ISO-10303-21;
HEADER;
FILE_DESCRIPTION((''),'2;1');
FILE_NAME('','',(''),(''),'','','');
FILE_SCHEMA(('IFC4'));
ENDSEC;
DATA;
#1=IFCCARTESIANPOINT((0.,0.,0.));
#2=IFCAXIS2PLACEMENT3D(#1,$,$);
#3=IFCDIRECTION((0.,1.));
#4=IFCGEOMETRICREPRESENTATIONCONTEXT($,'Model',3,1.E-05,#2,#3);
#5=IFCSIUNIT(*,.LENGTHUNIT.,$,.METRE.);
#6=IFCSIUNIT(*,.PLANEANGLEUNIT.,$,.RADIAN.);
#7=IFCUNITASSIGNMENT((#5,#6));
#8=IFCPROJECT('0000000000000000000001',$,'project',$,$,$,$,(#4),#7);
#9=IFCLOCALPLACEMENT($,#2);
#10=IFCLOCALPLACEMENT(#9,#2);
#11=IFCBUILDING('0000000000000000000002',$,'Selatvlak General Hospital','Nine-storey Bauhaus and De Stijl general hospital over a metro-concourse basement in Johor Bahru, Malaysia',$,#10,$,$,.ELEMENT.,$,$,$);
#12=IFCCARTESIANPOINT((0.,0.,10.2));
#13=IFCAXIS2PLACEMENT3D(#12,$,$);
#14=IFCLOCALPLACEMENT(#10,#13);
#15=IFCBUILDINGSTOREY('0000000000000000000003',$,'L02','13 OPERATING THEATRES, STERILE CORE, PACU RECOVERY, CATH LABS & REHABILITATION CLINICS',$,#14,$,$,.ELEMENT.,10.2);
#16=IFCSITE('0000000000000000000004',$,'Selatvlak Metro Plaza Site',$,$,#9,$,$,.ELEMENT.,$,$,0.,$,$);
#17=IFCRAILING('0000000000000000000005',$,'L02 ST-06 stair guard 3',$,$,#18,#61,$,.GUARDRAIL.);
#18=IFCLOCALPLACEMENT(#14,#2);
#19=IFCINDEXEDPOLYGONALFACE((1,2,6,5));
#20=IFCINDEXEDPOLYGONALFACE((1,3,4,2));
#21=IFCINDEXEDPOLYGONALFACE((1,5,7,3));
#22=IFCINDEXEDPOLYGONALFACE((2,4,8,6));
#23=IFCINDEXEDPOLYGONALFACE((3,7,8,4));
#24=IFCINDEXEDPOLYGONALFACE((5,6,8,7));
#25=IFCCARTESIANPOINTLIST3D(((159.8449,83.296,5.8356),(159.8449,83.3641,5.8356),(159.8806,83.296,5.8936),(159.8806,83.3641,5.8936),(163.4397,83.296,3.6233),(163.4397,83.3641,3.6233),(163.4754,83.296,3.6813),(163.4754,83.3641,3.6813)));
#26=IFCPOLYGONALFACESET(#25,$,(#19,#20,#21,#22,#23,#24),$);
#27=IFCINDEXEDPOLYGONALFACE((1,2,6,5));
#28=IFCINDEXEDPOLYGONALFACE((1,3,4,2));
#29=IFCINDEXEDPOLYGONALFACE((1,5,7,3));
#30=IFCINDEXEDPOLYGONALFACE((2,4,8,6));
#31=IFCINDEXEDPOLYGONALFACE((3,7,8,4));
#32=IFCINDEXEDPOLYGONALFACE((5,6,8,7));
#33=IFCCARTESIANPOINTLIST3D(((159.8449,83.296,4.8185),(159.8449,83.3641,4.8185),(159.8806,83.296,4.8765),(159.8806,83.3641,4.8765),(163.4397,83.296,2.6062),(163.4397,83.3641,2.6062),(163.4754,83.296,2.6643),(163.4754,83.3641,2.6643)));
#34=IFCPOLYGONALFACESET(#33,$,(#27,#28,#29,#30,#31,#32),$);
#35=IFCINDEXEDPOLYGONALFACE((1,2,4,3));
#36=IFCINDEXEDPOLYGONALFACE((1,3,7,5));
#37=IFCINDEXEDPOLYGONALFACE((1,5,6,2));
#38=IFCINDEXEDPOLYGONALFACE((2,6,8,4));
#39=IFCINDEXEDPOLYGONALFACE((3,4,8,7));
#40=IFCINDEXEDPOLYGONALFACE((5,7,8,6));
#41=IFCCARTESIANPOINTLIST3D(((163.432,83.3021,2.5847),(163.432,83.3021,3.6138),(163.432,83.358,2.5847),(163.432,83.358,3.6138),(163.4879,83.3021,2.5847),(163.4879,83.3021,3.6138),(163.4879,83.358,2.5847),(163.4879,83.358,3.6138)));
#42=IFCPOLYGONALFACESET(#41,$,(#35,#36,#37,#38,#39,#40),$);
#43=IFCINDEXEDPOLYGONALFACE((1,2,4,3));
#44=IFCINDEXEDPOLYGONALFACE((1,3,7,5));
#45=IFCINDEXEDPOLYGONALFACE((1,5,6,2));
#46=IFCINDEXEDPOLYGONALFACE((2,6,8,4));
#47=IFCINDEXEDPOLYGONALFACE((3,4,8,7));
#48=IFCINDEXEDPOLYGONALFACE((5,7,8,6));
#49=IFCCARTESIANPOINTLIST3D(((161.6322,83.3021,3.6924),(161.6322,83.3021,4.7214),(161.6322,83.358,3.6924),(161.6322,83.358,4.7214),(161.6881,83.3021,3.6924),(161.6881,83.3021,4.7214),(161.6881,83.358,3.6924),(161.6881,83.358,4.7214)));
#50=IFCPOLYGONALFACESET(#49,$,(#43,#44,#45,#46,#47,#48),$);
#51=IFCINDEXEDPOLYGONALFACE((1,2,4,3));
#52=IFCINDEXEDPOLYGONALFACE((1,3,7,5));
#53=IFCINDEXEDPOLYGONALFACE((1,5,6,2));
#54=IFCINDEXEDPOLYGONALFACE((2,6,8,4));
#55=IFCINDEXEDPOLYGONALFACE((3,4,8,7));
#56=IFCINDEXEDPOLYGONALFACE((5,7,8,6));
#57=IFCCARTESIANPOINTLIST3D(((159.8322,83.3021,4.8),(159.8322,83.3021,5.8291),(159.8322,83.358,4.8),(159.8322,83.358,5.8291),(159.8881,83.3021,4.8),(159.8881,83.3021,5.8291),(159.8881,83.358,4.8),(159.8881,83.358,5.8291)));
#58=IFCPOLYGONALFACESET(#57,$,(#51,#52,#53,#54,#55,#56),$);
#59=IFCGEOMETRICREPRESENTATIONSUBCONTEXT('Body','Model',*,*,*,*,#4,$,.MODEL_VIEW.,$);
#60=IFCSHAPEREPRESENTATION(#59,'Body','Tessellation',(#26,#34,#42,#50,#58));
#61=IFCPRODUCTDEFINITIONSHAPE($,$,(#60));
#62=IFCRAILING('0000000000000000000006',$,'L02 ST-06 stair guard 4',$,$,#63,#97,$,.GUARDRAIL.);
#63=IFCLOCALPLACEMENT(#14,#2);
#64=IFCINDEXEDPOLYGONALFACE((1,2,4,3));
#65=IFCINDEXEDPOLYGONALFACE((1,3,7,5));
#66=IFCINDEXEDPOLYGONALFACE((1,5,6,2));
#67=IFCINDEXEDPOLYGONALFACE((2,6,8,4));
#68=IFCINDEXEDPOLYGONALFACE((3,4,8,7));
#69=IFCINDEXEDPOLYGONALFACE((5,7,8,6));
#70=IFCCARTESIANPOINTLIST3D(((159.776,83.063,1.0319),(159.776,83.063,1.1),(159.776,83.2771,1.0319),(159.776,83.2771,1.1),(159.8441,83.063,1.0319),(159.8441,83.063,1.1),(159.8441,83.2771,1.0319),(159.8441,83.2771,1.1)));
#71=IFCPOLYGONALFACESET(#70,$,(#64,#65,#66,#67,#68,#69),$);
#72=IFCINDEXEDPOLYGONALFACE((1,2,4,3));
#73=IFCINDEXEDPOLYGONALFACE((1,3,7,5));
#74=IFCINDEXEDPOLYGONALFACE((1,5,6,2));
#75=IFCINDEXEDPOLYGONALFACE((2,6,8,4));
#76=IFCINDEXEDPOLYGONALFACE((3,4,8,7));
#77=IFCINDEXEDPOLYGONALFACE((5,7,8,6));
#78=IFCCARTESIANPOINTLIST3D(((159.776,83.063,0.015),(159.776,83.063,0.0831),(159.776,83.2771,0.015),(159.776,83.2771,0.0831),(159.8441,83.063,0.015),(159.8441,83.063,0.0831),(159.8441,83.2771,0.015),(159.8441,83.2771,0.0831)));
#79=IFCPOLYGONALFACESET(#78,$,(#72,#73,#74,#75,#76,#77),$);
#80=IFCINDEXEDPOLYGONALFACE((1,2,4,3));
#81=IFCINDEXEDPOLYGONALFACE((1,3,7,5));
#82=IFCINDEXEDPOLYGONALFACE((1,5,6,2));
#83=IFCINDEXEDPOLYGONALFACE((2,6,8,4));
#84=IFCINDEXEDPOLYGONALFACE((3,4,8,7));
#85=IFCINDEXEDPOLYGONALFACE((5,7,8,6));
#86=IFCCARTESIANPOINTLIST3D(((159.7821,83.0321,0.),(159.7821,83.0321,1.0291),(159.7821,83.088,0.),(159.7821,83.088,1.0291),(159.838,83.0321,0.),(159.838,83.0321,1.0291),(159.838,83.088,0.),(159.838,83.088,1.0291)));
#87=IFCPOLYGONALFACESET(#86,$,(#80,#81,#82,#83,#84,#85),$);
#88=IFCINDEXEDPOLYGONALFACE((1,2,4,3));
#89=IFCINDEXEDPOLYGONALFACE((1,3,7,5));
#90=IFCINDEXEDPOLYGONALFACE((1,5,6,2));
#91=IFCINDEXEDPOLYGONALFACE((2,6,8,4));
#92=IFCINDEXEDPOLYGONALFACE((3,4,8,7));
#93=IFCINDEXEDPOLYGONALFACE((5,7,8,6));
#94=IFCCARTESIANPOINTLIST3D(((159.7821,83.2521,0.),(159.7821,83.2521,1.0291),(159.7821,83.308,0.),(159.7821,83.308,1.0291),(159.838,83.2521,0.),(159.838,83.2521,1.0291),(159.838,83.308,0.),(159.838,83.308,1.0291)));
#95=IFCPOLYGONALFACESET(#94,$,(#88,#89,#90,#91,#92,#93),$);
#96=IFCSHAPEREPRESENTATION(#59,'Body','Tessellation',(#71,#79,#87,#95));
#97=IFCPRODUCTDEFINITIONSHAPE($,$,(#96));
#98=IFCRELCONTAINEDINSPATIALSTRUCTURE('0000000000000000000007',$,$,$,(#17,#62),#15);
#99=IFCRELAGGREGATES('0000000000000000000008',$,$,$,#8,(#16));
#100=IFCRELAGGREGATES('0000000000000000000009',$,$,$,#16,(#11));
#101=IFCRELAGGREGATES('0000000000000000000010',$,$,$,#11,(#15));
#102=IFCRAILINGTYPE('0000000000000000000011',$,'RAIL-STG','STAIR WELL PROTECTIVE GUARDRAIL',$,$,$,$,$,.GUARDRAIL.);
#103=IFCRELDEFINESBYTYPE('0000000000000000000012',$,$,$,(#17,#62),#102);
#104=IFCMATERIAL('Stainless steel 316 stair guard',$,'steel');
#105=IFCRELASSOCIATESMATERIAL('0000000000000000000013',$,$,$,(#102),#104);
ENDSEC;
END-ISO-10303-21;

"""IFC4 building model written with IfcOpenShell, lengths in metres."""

from ifc_helpers import new_model, si_unit, direction, frame, origin, origin_2d, place, context, subcontext, project, spatial, rectangle, extrude, material, type_object, element, save


model = new_model("IFC4")

# Units and contexts
model_context = context("Model", 3, precision=1e-05, world=origin(), true_north=direction((0.0, 1.0)))
body_context = subcontext(model_context, "Body", "Model", "MODEL_VIEW")
ifc_project = project(units=[si_unit("LENGTHUNIT", "METRE"), si_unit("PLANEANGLEUNIT", "RADIAN")], contexts=[model_context])

# Site, building, storey
site_placement = place(None, origin())
site = spatial("IfcSite", under=ifc_project, at=site_placement, Name="Selatvlak Metro Plaza Site", CompositionType="ELEMENT", RefElevation=0.0)
building_placement = place(site_placement, origin())
building = spatial("IfcBuilding", under=site, at=building_placement, Name="Selatvlak General Hospital", Description="Nine-storey Bauhaus and De Stijl general hospital over a metro-concourse basement in Johor Bahru, Malaysia", CompositionType="ELEMENT")
storey_placement = place(building_placement, frame((0.0, 0.0, 10.2)))
storey = spatial("IfcBuildingStorey", under=building, at=storey_placement, Name="L02", Description="13 OPERATING THEATRES, STERILE CORE, PACU RECOVERY, CATH LABS & REHABILITATION CLINICS", CompositionType="ELEMENT", Elevation=10.2)

# Railings
ifc_material_1 = material(Name="Stainless steel 316 stair guard", Category="steel")
railing_type_1 = type_object("IfcRailingType", Name="RAIL-STG", Description="STAIR WELL PROTECTIVE GUARDRAIL", PredefinedType="GUARDRAIL", material=ifc_material_1)
railing_1_placement = place(storey_placement, frame((163.46, 83.3301, 2.5847)))
element("IfcRailing", 1, at=railing_1_placement, inside=storey, type_object=railing_type_1, Name="L02 ST-06 stair guard 3", PredefinedType="GUARDRAIL", context=body_context, shape_type="SweptSolid", body=[
    extrude(rectangle(XDim=0.0681, YDim=0.0681, at=origin_2d()), frame((-0.0024, 0.0, 1.0676), z_axis=(-0.851654, 0.0, 0.524104), x_axis=(0.0, -1.0, 0.0)), (0.0, 0.0, 1.0), 4.2209),
    extrude(rectangle(XDim=0.0681, YDim=0.0681, at=origin_2d()), frame((-0.0024, 0.0, 0.0505), z_axis=(-0.851654, 0.0, 0.524104), x_axis=(0.0, -1.0, 0.0)), (0.0, 0.0, 1.0), 4.2209),
    extrude(rectangle(XDim=0.0559, YDim=0.0559, at=origin_2d()), origin(), (0.0, 0.0, 1.0), 1.0291),
    extrude(rectangle(XDim=0.0559, YDim=0.0559, at=origin_2d()), frame((-1.7998, 0.0, 1.1077)), (0.0, 0.0, 1.0), 1.0291),
    extrude(rectangle(XDim=0.0559, YDim=0.0559, at=origin_2d()), frame((-3.5999, 0.0, 2.2153)), (0.0, 0.0, 1.0), 1.0291),
])
railing_2_placement = place(storey_placement, frame((159.8101, 83.0601, 0.0)))
element("IfcRailing", 2, at=railing_2_placement, inside=storey, type_object=railing_type_1, Name="L02 ST-06 stair guard 4", PredefinedType="GUARDRAIL", context=body_context, shape_type="SweptSolid", body=[
    extrude(rectangle(XDim=0.0681, YDim=0.0681, at=origin_2d()), frame((0.0, 0.0029, 1.0659), z_axis=(0.0, 1.0, 0.0), x_axis=(-1.0, 0.0, 0.0)), (0.0, 0.0, 1.0), 0.2141),
    extrude(rectangle(XDim=0.0681, YDim=0.0681, at=origin_2d()), frame((0.0, 0.0029, 0.0491), z_axis=(0.0, 1.0, 0.0), x_axis=(-1.0, 0.0, 0.0)), (0.0, 0.0, 1.0), 0.2141),
    extrude(rectangle(XDim=0.0559, YDim=0.0559, at=origin_2d()), origin(), (0.0, 0.0, 1.0), 1.0291),
    extrude(rectangle(XDim=0.0559, YDim=0.0559, at=origin_2d()), frame((0.0, 0.22, 0.0)), (0.0, 0.0, 1.0), 1.0291),
])

save(model, "model.ifc")
